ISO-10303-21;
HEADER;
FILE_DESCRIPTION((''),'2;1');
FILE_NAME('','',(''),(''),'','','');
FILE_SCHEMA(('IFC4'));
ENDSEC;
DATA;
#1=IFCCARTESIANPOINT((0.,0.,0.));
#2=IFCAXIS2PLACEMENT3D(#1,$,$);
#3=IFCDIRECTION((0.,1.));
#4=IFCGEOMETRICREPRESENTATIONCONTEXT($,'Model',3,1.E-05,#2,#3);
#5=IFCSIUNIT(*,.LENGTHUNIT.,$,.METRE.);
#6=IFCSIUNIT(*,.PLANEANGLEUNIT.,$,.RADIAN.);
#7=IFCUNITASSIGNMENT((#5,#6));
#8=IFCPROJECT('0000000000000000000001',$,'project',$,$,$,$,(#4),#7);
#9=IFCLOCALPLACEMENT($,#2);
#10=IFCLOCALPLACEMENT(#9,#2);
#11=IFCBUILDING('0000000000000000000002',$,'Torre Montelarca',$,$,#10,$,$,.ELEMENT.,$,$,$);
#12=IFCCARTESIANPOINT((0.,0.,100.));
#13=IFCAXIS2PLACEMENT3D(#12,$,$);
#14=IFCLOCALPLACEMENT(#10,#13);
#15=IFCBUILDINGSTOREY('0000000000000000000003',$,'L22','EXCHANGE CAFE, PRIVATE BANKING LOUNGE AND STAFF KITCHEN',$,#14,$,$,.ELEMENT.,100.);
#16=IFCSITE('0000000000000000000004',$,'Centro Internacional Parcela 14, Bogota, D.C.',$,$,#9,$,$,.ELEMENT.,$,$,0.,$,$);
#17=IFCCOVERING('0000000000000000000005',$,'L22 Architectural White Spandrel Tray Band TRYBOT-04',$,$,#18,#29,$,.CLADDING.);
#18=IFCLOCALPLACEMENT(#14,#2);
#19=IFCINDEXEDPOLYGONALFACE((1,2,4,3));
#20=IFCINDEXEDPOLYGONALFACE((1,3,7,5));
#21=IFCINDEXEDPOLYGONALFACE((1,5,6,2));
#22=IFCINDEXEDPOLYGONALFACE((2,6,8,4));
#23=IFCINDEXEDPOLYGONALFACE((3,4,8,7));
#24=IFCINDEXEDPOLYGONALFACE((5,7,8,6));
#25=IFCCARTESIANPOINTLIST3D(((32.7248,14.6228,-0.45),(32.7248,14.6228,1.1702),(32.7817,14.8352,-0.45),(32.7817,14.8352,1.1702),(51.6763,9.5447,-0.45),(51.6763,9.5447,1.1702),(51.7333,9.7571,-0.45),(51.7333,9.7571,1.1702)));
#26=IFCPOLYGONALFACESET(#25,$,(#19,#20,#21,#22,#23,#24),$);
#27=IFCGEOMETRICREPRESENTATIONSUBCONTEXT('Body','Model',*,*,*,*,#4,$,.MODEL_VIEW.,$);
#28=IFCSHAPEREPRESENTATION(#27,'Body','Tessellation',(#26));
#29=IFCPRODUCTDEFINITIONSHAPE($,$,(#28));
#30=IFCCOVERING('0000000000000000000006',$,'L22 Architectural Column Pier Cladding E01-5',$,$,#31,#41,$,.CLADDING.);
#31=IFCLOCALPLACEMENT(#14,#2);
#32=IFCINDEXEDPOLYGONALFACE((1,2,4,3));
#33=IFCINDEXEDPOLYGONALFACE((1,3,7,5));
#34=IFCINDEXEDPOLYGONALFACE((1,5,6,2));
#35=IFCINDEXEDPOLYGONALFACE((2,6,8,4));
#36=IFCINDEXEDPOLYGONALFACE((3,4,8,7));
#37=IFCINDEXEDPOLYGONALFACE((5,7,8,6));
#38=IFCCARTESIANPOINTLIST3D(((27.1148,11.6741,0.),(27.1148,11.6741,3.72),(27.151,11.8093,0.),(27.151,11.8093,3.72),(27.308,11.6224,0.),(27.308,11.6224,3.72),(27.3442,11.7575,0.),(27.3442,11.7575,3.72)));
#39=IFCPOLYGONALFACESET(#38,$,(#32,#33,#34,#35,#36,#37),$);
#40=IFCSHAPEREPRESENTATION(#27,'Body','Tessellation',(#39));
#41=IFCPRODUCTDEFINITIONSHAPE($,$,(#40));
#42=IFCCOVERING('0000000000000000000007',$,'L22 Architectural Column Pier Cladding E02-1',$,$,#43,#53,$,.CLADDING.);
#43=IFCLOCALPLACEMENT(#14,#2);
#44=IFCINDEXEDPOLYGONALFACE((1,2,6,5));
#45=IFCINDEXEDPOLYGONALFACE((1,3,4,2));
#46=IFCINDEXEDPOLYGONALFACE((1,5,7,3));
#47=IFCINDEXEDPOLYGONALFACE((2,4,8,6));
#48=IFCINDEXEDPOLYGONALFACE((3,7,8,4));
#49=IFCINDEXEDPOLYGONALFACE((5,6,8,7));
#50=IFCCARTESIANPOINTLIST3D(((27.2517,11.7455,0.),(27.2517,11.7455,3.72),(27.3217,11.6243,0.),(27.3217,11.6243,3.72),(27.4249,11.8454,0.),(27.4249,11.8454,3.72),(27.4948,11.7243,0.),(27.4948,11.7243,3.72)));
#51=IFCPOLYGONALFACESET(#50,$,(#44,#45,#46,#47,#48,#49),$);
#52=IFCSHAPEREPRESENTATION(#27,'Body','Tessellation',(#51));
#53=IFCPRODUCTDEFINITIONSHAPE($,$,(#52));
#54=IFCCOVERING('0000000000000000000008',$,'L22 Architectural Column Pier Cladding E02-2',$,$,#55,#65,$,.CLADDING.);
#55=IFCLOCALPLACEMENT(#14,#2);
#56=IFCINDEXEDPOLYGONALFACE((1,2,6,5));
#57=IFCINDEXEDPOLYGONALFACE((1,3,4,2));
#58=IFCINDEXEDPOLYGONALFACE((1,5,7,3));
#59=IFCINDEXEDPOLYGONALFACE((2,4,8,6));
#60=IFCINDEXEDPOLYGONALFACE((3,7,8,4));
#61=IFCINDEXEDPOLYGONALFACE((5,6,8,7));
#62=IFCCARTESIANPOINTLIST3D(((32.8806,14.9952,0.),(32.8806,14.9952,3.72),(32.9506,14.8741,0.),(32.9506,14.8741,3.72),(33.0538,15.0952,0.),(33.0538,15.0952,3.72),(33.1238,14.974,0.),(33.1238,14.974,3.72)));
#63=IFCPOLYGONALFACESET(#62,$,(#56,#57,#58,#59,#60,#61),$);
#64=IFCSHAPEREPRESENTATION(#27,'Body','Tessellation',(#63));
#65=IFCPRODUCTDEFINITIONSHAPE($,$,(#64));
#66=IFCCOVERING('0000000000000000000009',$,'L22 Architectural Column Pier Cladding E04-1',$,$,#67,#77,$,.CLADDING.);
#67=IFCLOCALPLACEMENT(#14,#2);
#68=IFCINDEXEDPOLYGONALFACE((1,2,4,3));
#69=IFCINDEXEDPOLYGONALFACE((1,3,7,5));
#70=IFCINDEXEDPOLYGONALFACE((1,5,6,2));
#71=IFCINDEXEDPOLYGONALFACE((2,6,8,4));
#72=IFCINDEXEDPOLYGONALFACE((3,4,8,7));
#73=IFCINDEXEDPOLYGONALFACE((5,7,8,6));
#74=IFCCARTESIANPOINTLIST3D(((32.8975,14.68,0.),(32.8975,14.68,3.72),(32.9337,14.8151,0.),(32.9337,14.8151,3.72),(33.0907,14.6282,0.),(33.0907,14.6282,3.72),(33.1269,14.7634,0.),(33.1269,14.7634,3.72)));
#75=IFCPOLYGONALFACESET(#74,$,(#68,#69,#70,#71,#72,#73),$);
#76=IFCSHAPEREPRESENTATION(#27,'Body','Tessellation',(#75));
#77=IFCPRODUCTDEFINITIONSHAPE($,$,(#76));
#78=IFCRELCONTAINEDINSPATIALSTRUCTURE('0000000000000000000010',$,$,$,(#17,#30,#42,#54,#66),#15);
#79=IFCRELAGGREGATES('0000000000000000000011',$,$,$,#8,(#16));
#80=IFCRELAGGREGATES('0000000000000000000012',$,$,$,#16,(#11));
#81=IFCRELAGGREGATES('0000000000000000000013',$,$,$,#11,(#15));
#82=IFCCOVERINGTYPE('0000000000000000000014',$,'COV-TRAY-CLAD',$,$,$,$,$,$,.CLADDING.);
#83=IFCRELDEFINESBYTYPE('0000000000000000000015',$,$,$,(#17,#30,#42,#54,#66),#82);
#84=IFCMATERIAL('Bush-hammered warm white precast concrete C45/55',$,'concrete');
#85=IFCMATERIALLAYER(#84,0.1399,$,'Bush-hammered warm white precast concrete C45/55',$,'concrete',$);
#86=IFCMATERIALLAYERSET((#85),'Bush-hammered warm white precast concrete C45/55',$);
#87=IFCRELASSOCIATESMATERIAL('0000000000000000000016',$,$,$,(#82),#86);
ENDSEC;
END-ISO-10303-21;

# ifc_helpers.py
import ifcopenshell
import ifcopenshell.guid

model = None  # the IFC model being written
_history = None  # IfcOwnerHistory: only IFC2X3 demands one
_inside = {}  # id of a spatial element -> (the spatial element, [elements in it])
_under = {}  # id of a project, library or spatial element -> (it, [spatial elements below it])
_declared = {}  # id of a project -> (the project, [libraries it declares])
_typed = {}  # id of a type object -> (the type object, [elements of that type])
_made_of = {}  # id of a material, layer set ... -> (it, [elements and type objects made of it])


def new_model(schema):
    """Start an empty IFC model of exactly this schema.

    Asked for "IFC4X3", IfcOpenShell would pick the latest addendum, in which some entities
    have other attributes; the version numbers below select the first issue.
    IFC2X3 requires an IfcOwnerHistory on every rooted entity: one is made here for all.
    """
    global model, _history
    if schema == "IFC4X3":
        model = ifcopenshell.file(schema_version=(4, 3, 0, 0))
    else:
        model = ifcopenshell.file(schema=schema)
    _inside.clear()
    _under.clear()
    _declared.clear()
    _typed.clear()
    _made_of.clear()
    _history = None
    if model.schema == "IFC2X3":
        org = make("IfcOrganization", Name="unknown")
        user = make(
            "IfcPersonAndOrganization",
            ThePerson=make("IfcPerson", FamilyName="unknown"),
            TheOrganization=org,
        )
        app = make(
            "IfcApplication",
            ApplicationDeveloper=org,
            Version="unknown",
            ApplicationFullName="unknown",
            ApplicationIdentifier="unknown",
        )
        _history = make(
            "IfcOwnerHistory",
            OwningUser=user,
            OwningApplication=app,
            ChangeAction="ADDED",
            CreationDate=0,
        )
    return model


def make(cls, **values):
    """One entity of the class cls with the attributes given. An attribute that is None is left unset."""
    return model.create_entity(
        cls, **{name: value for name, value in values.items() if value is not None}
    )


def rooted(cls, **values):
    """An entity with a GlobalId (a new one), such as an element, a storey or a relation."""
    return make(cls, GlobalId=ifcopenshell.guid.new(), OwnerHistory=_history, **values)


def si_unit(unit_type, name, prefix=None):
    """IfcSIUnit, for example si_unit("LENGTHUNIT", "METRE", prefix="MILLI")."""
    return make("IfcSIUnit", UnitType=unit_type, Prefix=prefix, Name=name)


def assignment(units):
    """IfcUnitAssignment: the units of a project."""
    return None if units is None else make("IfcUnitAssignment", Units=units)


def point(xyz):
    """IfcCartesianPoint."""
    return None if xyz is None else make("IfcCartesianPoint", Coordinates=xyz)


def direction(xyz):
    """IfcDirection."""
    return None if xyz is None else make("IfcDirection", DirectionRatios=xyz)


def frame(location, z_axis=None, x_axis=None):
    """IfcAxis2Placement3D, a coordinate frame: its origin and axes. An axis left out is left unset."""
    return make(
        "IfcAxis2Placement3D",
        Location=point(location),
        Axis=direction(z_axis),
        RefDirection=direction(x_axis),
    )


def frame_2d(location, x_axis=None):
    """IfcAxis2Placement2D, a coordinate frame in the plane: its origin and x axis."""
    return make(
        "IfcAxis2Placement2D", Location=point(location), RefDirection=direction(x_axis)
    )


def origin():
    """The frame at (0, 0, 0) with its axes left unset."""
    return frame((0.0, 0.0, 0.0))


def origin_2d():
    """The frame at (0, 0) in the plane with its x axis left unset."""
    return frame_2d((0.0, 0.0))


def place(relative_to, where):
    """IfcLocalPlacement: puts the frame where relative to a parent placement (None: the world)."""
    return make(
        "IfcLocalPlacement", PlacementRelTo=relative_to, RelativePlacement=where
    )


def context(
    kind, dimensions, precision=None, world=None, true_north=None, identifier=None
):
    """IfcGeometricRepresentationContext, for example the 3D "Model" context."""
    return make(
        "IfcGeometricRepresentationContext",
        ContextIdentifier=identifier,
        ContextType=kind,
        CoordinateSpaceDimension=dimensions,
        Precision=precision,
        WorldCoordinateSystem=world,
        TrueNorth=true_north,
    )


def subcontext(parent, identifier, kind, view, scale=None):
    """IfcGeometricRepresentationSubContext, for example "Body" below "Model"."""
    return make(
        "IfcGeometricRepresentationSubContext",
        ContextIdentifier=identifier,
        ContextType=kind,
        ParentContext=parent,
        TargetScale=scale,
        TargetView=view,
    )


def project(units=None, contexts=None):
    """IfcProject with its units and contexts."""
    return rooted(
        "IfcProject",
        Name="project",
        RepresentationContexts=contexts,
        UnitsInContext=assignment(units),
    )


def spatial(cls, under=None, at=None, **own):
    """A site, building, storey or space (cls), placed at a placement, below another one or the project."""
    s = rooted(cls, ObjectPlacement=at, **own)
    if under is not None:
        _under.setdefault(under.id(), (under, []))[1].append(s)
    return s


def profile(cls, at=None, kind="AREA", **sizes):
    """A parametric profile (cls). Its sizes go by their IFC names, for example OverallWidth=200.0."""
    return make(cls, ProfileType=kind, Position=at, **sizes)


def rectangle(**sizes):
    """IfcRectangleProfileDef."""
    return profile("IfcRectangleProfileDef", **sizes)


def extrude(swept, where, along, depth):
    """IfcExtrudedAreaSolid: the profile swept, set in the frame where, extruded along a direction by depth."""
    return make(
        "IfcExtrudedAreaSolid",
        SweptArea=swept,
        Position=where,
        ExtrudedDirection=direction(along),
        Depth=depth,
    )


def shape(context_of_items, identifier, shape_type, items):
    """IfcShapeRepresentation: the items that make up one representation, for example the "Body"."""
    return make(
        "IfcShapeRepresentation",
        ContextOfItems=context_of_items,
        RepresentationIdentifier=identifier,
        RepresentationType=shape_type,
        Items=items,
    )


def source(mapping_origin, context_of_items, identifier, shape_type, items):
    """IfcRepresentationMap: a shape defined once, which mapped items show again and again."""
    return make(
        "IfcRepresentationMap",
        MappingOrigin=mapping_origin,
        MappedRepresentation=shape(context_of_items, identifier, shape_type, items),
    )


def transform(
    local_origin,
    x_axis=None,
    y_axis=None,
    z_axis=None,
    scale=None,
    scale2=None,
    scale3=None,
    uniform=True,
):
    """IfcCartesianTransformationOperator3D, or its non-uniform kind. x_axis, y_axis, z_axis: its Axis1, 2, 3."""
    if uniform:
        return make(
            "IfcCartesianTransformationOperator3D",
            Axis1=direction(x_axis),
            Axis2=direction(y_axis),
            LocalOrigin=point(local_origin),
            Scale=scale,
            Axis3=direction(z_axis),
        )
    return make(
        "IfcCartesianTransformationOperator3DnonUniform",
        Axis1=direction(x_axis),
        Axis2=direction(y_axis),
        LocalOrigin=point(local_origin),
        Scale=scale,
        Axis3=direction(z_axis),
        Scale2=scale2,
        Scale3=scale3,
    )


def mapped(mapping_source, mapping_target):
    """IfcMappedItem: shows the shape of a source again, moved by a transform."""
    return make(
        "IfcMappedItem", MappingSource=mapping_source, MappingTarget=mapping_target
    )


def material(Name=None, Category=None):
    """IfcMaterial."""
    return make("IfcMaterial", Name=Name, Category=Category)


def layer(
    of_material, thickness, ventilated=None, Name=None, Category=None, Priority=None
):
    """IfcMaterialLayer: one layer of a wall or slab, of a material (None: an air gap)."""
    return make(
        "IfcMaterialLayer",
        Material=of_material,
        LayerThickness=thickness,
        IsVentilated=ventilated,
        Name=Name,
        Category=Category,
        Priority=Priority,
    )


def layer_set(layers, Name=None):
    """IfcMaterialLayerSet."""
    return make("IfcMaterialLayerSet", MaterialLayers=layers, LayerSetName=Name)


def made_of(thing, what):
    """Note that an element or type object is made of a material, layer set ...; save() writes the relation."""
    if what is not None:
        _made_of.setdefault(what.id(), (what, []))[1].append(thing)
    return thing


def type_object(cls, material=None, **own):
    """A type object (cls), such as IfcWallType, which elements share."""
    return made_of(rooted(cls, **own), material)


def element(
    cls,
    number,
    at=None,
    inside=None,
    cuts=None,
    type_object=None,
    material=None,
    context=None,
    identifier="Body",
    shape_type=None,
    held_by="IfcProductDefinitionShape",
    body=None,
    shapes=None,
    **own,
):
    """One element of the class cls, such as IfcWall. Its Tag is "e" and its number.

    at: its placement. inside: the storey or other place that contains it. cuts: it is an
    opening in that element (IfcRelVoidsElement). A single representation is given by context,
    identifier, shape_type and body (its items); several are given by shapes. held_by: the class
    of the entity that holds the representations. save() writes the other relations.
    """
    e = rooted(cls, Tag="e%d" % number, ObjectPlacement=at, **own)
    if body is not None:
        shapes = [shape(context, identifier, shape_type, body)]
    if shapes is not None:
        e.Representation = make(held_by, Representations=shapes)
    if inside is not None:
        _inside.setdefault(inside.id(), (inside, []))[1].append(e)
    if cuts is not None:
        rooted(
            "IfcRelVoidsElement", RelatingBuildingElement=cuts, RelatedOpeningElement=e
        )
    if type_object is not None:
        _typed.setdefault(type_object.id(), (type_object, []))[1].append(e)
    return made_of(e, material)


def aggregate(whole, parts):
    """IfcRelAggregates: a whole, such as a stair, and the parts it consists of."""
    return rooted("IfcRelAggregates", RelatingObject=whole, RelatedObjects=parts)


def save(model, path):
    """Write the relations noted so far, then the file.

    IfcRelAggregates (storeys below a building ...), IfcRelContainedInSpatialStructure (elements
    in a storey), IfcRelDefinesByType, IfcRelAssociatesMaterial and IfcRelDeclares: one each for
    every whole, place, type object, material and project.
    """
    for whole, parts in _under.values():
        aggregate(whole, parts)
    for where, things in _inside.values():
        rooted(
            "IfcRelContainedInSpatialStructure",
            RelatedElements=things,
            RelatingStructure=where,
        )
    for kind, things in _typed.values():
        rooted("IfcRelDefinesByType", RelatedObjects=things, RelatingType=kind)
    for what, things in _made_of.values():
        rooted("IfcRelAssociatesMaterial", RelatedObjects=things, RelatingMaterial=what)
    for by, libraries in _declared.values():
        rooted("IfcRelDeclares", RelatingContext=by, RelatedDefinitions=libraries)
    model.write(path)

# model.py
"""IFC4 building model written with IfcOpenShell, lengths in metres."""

from ifc_helpers import new_model, si_unit, direction, frame, origin, origin_2d, place, context, subcontext, project, spatial, rectangle, extrude, source, transform, mapped, material, layer, layer_set, type_object, element, save


model = new_model("IFC4")

# Units and contexts
model_context = context("Model", 3, precision=1e-05, world=origin(), true_north=direction((0.0, 1.0)))
body_context = subcontext(model_context, "Body", "Model", "MODEL_VIEW")
ifc_project = project(units=[si_unit("LENGTHUNIT", "METRE"), si_unit("PLANEANGLEUNIT", "RADIAN")], contexts=[model_context])

# Site, building, storey
site_placement = place(None, origin())
site = spatial("IfcSite", under=ifc_project, at=site_placement, Name="Centro Internacional Parcela 14, Bogota, D.C.", CompositionType="ELEMENT", RefElevation=0.0)
building_placement = place(site_placement, origin())
building = spatial("IfcBuilding", under=site, at=building_placement, Name="Torre Montelarca", CompositionType="ELEMENT")
storey_placement = place(building_placement, frame((0.0, 0.0, 100.0)))
storey = spatial("IfcBuildingStorey", under=building, at=storey_placement, Name="L22", Description="EXCHANGE CAFE, PRIVATE BANKING LOUNGE AND STAFF KITCHEN", CompositionType="ELEMENT", Elevation=100.0)

# Coverings
ifc_material_1 = material(Name="Bush-hammered warm white precast concrete C45/55", Category="concrete")
ifc_layer_1 = layer(ifc_material_1, 0.1399, Name="Bush-hammered warm white precast concrete C45/55", Category="concrete")
ifc_layer_set_1 = layer_set([ifc_layer_1], Name="Bush-hammered warm white precast concrete C45/55")
covering_type = type_object("IfcCoveringType", Name="COV-TRAY-CLAD", PredefinedType="CLADDING", material=ifc_layer_set_1)
shared_shape_1 = source(origin(), body_context, "Body", "SweptSolid", [
    extrude(rectangle(XDim=19.6201, YDim=0.22, at=origin_2d()), origin(), (0.0, 0.0, 1.0), 1.6201),
])
covering_1_placement = place(storey_placement, frame((42.229, 12.1899, -0.45), z_axis=(0.0, 0.0, 1.0), x_axis=(0.965925, -0.258821, 0.0)))
element("IfcCovering", 1, at=covering_1_placement, inside=storey, type_object=covering_type, Name="L22 Architectural White Spandrel Tray Band TRYBOT-04", PredefinedType="CLADDING", context=body_context, shape_type="MappedRepresentation", body=[
    mapped(shared_shape_1, transform((0.0, 0.0, 0.0), scale=1.0)),
])
shared_shape_2 = source(origin(), body_context, "Body", "SweptSolid", [
    extrude(rectangle(XDim=0.2, YDim=0.1399, at=origin_2d()), origin(), (0.0, 0.0, 1.0), 3.72),
])
for number, where, z_axis, x_axis, name in (
    (2, (27.2295, 11.7158, 0.0), (0.0, 0.0, 1.0), (0.965926, -0.258819, 0.0), "L22 Architectural Column Pier Cladding E01-5"),
    (3, (27.3733, 11.7349, 0.0), (0.0, 0.0, 1.0), (0.866025, 0.500002, 0.0), "L22 Architectural Column Pier Cladding E02-1"),
    (4, (33.0022, 14.9846, 0.0), (0.0, 0.0, 1.0), (0.866025, 0.500002, 0.0), "L22 Architectural Column Pier Cladding E02-2"),
    (5, (33.0122, 14.7217, 0.0), (0.0, 0.0, 1.0), (0.965924, -0.258824, 0.0), "L22 Architectural Column Pier Cladding E04-1"),
):
    element("IfcCovering", number, at=place(storey_placement, frame(where, z_axis=z_axis, x_axis=x_axis)), inside=storey, type_object=covering_type, Name=name, PredefinedType="CLADDING", context=body_context, shape_type="MappedRepresentation", body=[
        mapped(shared_shape_2, transform((0.0, 0.0, 0.0), scale=1.0)),
    ])

save(model, "model.ifc")
